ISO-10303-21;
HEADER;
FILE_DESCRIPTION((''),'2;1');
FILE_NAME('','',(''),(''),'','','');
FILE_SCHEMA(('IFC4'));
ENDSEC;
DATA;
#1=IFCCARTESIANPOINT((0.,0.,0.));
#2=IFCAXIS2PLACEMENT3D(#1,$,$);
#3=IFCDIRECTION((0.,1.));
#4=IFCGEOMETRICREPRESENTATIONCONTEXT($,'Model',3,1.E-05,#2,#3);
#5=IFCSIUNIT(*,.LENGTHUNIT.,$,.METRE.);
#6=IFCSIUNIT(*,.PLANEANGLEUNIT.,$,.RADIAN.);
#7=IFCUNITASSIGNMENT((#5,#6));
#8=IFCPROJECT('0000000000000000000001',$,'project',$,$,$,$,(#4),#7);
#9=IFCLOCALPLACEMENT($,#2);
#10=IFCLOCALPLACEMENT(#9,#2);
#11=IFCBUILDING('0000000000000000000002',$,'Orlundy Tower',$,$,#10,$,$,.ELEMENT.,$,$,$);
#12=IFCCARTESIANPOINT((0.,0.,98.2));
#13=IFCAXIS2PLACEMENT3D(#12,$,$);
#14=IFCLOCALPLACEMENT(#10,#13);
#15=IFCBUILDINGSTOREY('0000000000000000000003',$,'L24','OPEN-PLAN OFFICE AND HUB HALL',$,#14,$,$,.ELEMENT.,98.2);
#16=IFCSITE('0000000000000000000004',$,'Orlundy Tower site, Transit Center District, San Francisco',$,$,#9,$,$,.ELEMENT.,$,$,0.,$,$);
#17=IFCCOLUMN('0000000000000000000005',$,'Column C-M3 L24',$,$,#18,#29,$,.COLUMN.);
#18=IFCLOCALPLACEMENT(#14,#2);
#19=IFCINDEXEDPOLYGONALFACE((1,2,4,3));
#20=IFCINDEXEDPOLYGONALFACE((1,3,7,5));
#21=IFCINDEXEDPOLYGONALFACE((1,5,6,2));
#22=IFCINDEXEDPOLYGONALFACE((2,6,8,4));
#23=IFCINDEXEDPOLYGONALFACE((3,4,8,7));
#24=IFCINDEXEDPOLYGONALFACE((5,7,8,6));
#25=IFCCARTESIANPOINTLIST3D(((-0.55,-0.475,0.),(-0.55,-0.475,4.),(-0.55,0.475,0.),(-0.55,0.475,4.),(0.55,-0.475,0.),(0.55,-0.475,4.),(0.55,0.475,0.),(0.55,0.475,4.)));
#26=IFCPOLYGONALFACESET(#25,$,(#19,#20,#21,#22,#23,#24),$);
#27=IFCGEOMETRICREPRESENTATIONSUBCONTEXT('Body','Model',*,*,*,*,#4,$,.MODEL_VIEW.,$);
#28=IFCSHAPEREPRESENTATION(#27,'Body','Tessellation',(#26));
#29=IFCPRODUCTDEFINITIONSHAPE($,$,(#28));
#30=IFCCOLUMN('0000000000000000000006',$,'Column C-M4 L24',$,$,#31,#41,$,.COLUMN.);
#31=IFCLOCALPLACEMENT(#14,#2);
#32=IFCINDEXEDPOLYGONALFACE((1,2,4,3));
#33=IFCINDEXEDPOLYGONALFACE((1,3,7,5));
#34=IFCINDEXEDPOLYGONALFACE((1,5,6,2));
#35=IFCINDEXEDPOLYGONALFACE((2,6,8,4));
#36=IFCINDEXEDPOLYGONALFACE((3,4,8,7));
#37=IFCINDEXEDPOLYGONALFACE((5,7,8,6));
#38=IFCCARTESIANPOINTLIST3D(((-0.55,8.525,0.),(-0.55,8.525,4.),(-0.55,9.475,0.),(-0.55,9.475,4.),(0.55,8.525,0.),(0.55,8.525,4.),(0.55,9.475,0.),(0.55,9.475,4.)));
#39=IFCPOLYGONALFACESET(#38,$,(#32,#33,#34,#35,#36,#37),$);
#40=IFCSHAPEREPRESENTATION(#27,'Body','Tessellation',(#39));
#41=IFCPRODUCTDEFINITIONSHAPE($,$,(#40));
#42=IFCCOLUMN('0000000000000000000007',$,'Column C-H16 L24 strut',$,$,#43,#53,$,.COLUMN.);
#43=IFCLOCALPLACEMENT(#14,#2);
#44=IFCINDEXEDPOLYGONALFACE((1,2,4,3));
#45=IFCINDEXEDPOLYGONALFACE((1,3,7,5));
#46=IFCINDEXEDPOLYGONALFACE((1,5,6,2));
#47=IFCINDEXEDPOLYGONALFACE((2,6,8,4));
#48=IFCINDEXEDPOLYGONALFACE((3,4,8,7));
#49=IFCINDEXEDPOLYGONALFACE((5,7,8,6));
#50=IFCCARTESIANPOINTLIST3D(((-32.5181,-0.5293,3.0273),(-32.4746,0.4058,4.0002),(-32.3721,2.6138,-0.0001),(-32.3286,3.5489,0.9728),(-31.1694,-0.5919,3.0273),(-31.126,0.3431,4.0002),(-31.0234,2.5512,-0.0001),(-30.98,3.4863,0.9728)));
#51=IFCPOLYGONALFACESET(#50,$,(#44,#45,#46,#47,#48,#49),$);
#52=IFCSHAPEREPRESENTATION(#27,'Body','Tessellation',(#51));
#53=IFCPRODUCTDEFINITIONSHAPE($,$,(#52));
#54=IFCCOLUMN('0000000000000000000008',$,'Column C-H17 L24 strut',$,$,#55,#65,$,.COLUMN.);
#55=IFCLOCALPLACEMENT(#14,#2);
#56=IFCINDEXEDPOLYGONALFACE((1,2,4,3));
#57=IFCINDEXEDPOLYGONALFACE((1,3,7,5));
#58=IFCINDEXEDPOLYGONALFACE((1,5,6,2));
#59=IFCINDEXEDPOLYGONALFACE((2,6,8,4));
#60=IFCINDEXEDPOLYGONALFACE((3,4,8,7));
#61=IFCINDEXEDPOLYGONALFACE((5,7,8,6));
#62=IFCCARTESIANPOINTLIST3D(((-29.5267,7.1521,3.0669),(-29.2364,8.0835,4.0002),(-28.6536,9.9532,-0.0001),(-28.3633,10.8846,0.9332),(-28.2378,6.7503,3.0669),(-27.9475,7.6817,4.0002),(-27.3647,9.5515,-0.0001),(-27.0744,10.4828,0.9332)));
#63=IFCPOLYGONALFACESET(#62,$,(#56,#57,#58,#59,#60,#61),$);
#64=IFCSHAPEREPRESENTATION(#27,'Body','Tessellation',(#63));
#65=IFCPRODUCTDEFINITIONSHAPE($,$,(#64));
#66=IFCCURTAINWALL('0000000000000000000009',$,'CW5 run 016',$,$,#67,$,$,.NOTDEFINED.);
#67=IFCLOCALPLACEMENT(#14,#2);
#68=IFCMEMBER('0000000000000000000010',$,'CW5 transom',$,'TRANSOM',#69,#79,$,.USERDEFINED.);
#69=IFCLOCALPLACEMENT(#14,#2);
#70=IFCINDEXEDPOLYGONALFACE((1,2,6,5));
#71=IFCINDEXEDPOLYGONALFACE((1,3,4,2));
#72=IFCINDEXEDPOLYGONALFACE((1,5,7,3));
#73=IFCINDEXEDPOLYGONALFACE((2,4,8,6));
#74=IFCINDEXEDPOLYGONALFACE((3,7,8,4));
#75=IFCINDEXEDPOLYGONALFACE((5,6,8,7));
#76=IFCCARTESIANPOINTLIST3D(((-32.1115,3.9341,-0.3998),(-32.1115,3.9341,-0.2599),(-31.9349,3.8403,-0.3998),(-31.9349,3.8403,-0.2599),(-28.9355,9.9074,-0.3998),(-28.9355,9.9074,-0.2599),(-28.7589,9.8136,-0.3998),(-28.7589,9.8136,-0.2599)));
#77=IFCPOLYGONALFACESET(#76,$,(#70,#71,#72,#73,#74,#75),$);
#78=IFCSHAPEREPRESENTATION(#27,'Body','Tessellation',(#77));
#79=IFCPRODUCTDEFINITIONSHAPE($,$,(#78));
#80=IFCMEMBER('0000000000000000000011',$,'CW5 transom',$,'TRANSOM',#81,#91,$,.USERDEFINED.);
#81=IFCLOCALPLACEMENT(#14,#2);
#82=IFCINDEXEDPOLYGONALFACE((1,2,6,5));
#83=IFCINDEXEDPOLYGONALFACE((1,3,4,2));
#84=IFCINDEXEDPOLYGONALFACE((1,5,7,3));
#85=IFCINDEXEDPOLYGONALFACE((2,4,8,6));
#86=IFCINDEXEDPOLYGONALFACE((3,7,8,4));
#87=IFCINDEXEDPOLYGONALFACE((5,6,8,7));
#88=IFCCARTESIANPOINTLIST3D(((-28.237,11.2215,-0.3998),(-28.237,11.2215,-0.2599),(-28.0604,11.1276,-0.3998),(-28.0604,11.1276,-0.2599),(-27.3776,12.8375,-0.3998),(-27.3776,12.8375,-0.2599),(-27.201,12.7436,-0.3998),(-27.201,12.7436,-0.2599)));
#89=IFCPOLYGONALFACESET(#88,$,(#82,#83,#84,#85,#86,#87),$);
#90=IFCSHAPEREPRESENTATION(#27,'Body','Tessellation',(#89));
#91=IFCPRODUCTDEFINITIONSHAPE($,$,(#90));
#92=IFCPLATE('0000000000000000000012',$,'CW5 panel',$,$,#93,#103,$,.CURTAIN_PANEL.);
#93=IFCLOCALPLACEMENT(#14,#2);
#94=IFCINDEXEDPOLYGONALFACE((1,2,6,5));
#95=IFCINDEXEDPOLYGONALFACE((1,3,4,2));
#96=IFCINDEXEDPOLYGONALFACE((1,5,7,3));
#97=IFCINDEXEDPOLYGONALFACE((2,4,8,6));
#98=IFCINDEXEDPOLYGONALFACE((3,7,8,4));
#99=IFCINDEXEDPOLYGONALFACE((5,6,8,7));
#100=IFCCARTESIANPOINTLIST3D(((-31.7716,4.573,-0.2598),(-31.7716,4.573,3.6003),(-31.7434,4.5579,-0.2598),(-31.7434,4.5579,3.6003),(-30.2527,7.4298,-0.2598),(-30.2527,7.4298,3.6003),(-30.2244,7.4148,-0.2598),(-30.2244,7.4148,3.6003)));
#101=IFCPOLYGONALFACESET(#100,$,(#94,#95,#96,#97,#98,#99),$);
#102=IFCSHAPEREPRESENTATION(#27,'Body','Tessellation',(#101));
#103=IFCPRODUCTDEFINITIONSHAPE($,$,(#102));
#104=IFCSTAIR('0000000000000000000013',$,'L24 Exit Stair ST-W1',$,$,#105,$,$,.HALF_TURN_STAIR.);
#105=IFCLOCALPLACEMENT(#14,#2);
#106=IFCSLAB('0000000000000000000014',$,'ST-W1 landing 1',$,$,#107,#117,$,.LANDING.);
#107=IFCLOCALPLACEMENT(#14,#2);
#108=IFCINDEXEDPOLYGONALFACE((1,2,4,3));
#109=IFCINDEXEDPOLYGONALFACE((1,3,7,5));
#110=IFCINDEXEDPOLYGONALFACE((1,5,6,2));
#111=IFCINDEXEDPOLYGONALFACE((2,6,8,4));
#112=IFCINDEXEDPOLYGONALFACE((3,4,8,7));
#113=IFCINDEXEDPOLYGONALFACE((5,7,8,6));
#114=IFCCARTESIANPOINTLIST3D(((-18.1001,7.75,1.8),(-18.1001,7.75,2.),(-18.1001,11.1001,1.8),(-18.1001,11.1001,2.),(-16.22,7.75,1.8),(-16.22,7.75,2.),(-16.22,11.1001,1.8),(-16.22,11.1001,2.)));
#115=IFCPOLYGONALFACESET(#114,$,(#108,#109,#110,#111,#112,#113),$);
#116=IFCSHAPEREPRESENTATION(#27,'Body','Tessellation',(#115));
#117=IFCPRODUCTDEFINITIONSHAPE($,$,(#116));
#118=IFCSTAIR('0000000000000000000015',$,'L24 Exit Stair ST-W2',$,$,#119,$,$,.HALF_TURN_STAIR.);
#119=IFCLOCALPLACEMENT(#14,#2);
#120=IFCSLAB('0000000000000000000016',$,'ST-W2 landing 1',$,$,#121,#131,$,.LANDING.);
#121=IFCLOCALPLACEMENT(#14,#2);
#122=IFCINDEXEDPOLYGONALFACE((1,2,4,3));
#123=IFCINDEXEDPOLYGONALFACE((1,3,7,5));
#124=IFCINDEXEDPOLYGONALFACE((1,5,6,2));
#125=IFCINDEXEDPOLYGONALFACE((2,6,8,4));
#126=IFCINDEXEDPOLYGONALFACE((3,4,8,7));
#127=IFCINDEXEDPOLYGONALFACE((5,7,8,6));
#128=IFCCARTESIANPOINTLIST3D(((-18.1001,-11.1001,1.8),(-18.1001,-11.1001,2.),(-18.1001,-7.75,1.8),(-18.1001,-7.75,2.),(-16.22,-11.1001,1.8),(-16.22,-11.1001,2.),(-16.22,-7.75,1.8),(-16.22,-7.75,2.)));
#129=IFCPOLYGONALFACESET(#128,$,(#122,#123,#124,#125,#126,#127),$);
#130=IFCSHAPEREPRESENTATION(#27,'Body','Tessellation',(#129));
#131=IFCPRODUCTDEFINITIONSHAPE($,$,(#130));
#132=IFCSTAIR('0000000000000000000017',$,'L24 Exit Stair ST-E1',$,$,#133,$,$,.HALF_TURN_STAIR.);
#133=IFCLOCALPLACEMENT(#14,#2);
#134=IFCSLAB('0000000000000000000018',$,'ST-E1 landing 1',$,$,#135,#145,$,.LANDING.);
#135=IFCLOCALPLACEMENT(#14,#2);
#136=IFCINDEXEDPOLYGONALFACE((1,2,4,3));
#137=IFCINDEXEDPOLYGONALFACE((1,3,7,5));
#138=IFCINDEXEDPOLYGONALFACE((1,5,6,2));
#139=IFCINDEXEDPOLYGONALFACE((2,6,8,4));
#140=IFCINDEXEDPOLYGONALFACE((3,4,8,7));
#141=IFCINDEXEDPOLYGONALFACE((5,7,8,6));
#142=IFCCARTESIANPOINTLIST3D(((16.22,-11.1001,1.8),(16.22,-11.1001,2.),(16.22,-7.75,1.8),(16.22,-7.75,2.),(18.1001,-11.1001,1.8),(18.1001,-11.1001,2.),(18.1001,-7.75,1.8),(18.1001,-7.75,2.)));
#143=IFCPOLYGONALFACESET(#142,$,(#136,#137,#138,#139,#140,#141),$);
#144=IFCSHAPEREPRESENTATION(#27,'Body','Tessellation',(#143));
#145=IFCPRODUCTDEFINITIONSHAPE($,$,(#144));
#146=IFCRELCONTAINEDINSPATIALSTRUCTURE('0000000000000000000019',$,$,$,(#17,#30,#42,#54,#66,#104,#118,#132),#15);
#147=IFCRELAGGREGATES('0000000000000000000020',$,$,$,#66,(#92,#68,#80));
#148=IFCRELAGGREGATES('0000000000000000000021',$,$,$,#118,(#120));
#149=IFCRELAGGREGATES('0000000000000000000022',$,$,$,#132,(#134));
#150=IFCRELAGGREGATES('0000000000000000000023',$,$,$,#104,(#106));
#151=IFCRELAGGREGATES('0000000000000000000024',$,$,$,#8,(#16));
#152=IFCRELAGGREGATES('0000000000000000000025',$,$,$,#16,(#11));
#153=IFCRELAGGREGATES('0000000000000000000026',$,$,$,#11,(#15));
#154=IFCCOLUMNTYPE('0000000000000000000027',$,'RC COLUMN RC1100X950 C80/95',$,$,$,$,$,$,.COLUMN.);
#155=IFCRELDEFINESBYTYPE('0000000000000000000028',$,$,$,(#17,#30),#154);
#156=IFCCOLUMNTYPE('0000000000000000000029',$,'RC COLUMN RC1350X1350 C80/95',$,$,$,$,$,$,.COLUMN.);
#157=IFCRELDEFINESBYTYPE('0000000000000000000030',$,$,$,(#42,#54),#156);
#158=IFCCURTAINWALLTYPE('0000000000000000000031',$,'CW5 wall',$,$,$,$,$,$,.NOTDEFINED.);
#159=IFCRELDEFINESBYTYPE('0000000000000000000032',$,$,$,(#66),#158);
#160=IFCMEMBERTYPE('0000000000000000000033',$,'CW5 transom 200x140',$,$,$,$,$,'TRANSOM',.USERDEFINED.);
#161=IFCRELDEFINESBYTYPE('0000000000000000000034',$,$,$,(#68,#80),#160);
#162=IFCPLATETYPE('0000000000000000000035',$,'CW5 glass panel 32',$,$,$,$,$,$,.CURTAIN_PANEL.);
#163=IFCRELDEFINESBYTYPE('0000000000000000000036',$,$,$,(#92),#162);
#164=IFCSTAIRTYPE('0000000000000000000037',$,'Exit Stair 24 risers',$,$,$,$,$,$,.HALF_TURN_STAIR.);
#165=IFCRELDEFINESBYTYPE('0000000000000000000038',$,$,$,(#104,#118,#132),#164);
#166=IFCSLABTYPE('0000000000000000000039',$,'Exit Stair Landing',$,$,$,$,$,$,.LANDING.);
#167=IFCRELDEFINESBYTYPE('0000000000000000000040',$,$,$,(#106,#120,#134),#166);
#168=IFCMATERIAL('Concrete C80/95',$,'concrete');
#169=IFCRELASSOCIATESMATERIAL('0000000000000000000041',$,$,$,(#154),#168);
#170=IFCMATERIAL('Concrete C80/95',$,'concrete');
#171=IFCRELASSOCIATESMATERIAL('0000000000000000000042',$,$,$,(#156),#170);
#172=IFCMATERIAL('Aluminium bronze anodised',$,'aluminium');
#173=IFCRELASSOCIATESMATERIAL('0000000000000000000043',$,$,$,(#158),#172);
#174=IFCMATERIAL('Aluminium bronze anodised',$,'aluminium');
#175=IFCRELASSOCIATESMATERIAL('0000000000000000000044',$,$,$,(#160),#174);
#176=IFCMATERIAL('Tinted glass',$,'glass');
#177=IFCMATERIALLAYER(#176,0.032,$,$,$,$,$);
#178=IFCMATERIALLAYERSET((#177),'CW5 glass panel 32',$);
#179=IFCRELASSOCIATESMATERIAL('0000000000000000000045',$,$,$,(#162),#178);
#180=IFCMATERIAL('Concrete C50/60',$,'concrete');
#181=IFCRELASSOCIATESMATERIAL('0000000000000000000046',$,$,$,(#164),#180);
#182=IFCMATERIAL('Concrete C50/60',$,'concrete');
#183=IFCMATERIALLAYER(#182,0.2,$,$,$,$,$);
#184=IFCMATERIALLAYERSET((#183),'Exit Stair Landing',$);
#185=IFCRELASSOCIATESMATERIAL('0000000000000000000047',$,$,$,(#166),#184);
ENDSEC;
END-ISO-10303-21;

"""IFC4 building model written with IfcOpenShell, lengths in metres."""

from ifc_helpers import new_model, si_unit, direction, frame, origin, origin_2d, place, context, subcontext, project, spatial, polyline, rectangle, outline, extrude, material, layer, layer_set, material_profile, profile_set, type_object, element, aggregate, save


model = new_model("IFC4")

# Units and contexts
model_context = context("Model", 3, precision=1e-05, world=origin(), true_north=direction((0.0, 1.0)))
body_context = subcontext(model_context, "Body", "Model", "MODEL_VIEW")
ifc_project = project(units=[si_unit("LENGTHUNIT", "METRE"), si_unit("PLANEANGLEUNIT", "RADIAN")], contexts=[model_context])

# Site, building, storey
site_placement = place(None, origin())
site = spatial("IfcSite", under=ifc_project, at=site_placement, Name="Orlundy Tower site, Transit Center District, San Francisco", CompositionType="ELEMENT", RefElevation=0.0)
building_placement = place(site_placement, origin())
building = spatial("IfcBuilding", under=site, at=building_placement, Name="Orlundy Tower", CompositionType="ELEMENT")
storey_placement = place(building_placement, frame((0.0, 0.0, 98.2)))
storey = spatial("IfcBuildingStorey", under=building, at=storey_placement, Name="L24", Description="OPEN-PLAN OFFICE AND HUB HALL", CompositionType="ELEMENT", Elevation=98.2)

# Columns
ifc_material_1 = material(Name="Concrete C80/95", Category="concrete")
ifc_material_profile_1 = material_profile(ifc_material_1, rectangle(XDim=1.1001, YDim=0.95, at=origin_2d()), Name="RC1100X950")
ifc_profile_set_1 = profile_set([ifc_material_profile_1], Name="Concrete C80/95")
column_type_1 = type_object("IfcColumnType", Name="RC COLUMN RC1100X950 C80/95", PredefinedType="COLUMN", material=ifc_profile_set_1)
for number, where, z_axis, x_axis, name in (
    (1, (0.0, 0.0, 0.0), (0.0, 0.0, 1.0), (1.0, 0.0, 0.0), "Column C-M3 L24"),
    (2, (0.0, 9.0, 0.0), (0.0, 0.0, 1.0), (1.0, 0.0, 0.0), "Column C-M4 L24"),
):
    element("IfcColumn", number, at=place(storey_placement, frame(where, z_axis=z_axis, x_axis=x_axis)), inside=storey, type_object=column_type_1, Name=name, PredefinedType="COLUMN", context=body_context, shape_type="SweptSolid", body=[
        extrude(rectangle(XDim=1.1001, YDim=0.95, at=origin_2d()), origin(), (0.0, 0.0, 1.0), 4.0),
    ])
ifc_material_2 = material(Name="Concrete C80/95", Category="concrete")
ifc_material_profile_2 = material_profile(ifc_material_2, rectangle(XDim=1.3501, YDim=1.3501, at=origin_2d()), Name="RC1350X1350")
ifc_profile_set_2 = profile_set([ifc_material_profile_2], Name="Concrete C80/95")
column_type_2 = type_object("IfcColumnType", Name="RC COLUMN RC1350X1350 C80/95", PredefinedType="COLUMN", material=ifc_profile_set_2)
column_1_placement = place(storey_placement, frame((-31.676, 3.05, 0.4863), z_axis=(-0.033437, -0.719839, 0.693335), x_axis=(0.998923, -0.0464, 0.0)))
element("IfcColumn", 3, at=column_1_placement, inside=storey, type_object=column_type_2, Name="Column C-H16 L24 strut", PredefinedType="COLUMN", context=body_context, shape_type="SweptSolid", body=[
    extrude(rectangle(XDim=1.3501, YDim=1.3501, at=origin_2d()), origin(), (0.0, 0.0, 1.0), 4.3665),
])
column_2_placement = place(storey_placement, frame((-27.864, 10.218, 0.4666), z_axis=(-0.2057, -0.659955, 0.722597), x_axis=(0.9547, -0.297569, 0.0)))
element("IfcColumn", 4, at=column_2_placement, inside=storey, type_object=column_type_2, Name="Column C-H17 L24 strut", PredefinedType="COLUMN", context=body_context, shape_type="SweptSolid", body=[
    extrude(rectangle(XDim=1.3501, YDim=1.3501, at=origin_2d()), origin(), (0.0, 0.0, 1.0), 4.2444),
])

# Curtain wall, members, plate
ifc_material_3 = material(Name="Aluminium bronze anodised", Category="aluminium")
curtain_wall_type = type_object("IfcCurtainWallType", Name="CW5 wall", PredefinedType="NOTDEFINED", material=ifc_material_3)
curtain_wall_placement = place(storey_placement, origin())
curtain_wall = element("IfcCurtainWall", 5, at=curtain_wall_placement, inside=storey, type_object=curtain_wall_type, Name="CW5 run 016", PredefinedType="NOTDEFINED")
ifc_material_4 = material(Name="Aluminium bronze anodised", Category="aluminium")
ifc_material_profile_3 = material_profile(ifc_material_4, rectangle(XDim=0.2, YDim=0.1399, at=origin_2d()), Name="CW5 transom 200x140")
ifc_profile_set_3 = profile_set([ifc_material_profile_3], Name="Aluminium bronze anodised")
member_type = type_object("IfcMemberType", Name="CW5 transom 200x140", ElementType="TRANSOM", PredefinedType="USERDEFINED", material=ifc_profile_set_3)
member_1_placement = place(storey_placement, frame((-32.0232, 3.8872, -0.3298), z_axis=(0.469462, 0.882953, 0.0), x_axis=(-0.882953, 0.469462, 0.0)))
member_1 = element("IfcMember", 6, at=member_1_placement, type_object=member_type, Name="CW5 transom", ObjectType="TRANSOM", PredefinedType="USERDEFINED", context=body_context, shape_type="SweptSolid", body=[
    extrude(rectangle(XDim=0.2, YDim=0.1399, at=origin_2d()), origin(), (0.0, 0.0, 1.0), 6.7651),
])
member_2_placement = place(storey_placement, frame((-28.1487, 11.1746, -0.3298), z_axis=(0.469536, 0.882914, 0.0), x_axis=(-0.882914, 0.469536, 0.0)))
member_2 = element("IfcMember", 7, at=member_2_placement, type_object=member_type, Name="CW5 transom", ObjectType="TRANSOM", PredefinedType="USERDEFINED", context=body_context, shape_type="SweptSolid", body=[
    extrude(rectangle(XDim=0.2, YDim=0.1399, at=origin_2d()), origin(), (0.0, 0.0, 1.0), 1.8303),
])
ifc_material_5 = material(Name="Tinted glass", Category="glass")
ifc_layer_1 = layer(ifc_material_5, 0.032)
ifc_layer_set_1 = layer_set([ifc_layer_1], Name="CW5 glass panel 32")
plate_type = type_object("IfcPlateType", Name="CW5 glass panel 32", PredefinedType="CURTAIN_PANEL", material=ifc_layer_set_1)
plate_placement = place(storey_placement, frame((-30.998, 5.9939, -0.2598), z_axis=(0.0, 0.0, 1.0), x_axis=(0.469454, 0.882957, 0.0)))
plate = element("IfcPlate", 8, at=plate_placement, type_object=plate_type, Name="CW5 panel", PredefinedType="CURTAIN_PANEL", context=body_context, shape_type="SweptSolid", body=[
    extrude(rectangle(XDim=3.2356, YDim=0.032, at=origin_2d()), origin(), (0.0, 0.0, 1.0), 3.8601),
])
aggregate(curtain_wall, [plate, member_1, member_2])

# Stairs, slabs
ifc_material_6 = material(Name="Concrete C50/60", Category="concrete")
stair_type = type_object("IfcStairType", Name="Exit Stair 24 risers", PredefinedType="HALF_TURN_STAIR", material=ifc_material_6)
stair_1_placement = place(storey_placement, origin())
stair_1 = element("IfcStair", 9, at=stair_1_placement, inside=storey, type_object=stair_type, Name="L24 Exit Stair ST-W1", PredefinedType="HALF_TURN_STAIR")
ifc_material_7 = material(Name="Concrete C50/60", Category="concrete")
ifc_layer_2 = layer(ifc_material_7, 0.2)
ifc_layer_set_2 = layer_set([ifc_layer_2], Name="Exit Stair Landing")
slab_type_1 = type_object("IfcSlabType", Name="Exit Stair Landing", PredefinedType="LANDING", material=ifc_layer_set_2)
slab_1_placement = place(storey_placement, frame((0.0, 0.0, 1.8)))
slab_1 = element("IfcSlab", 10, at=slab_1_placement, type_object=slab_type_1, Name="ST-W1 landing 1", PredefinedType="LANDING", context=body_context, shape_type="SweptSolid", body=[
    extrude(outline(polyline([(-16.22, 11.1001), (-18.1001, 11.1001), (-18.1001, 7.75), (-16.22, 7.75), (-16.22, 11.1001)])), origin(), (0.0, 0.0, 1.0), 0.2),
])
stair_2_placement = place(storey_placement, origin())
stair_2 = element("IfcStair", 11, at=stair_2_placement, inside=storey, type_object=stair_type, Name="L24 Exit Stair ST-W2", PredefinedType="HALF_TURN_STAIR")
slab_2_placement = place(storey_placement, frame((0.0, 0.0, 1.8)))
slab_2 = element("IfcSlab", 12, at=slab_2_placement, type_object=slab_type_1, Name="ST-W2 landing 1", PredefinedType="LANDING", context=body_context, shape_type="SweptSolid", body=[
    extrude(outline(polyline([(-16.22, -7.75), (-18.1001, -7.75), (-18.1001, -11.1001), (-16.22, -11.1001), (-16.22, -7.75)])), origin(), (0.0, 0.0, 1.0), 0.2),
])
aggregate(stair_2, [slab_2])
stair_3_placement = place(storey_placement, origin())
stair_3 = element("IfcStair", 13, at=stair_3_placement, inside=storey, type_object=stair_type, Name="L24 Exit Stair ST-E1", PredefinedType="HALF_TURN_STAIR")
slab_3_placement = place(storey_placement, frame((0.0, 0.0, 1.8)))
slab_3 = element("IfcSlab", 14, at=slab_3_placement, type_object=slab_type_1, Name="ST-E1 landing 1", PredefinedType="LANDING", context=body_context, shape_type="SweptSolid", body=[
    extrude(outline(polyline([(16.22, -11.1001), (18.1001, -11.1001), (18.1001, -7.75), (16.22, -7.75), (16.22, -11.1001)])), origin(), (0.0, 0.0, 1.0), 0.2),
])
aggregate(stair_3, [slab_3])

aggregate(stair_1, [slab_1])

save(model, "model.ifc")
